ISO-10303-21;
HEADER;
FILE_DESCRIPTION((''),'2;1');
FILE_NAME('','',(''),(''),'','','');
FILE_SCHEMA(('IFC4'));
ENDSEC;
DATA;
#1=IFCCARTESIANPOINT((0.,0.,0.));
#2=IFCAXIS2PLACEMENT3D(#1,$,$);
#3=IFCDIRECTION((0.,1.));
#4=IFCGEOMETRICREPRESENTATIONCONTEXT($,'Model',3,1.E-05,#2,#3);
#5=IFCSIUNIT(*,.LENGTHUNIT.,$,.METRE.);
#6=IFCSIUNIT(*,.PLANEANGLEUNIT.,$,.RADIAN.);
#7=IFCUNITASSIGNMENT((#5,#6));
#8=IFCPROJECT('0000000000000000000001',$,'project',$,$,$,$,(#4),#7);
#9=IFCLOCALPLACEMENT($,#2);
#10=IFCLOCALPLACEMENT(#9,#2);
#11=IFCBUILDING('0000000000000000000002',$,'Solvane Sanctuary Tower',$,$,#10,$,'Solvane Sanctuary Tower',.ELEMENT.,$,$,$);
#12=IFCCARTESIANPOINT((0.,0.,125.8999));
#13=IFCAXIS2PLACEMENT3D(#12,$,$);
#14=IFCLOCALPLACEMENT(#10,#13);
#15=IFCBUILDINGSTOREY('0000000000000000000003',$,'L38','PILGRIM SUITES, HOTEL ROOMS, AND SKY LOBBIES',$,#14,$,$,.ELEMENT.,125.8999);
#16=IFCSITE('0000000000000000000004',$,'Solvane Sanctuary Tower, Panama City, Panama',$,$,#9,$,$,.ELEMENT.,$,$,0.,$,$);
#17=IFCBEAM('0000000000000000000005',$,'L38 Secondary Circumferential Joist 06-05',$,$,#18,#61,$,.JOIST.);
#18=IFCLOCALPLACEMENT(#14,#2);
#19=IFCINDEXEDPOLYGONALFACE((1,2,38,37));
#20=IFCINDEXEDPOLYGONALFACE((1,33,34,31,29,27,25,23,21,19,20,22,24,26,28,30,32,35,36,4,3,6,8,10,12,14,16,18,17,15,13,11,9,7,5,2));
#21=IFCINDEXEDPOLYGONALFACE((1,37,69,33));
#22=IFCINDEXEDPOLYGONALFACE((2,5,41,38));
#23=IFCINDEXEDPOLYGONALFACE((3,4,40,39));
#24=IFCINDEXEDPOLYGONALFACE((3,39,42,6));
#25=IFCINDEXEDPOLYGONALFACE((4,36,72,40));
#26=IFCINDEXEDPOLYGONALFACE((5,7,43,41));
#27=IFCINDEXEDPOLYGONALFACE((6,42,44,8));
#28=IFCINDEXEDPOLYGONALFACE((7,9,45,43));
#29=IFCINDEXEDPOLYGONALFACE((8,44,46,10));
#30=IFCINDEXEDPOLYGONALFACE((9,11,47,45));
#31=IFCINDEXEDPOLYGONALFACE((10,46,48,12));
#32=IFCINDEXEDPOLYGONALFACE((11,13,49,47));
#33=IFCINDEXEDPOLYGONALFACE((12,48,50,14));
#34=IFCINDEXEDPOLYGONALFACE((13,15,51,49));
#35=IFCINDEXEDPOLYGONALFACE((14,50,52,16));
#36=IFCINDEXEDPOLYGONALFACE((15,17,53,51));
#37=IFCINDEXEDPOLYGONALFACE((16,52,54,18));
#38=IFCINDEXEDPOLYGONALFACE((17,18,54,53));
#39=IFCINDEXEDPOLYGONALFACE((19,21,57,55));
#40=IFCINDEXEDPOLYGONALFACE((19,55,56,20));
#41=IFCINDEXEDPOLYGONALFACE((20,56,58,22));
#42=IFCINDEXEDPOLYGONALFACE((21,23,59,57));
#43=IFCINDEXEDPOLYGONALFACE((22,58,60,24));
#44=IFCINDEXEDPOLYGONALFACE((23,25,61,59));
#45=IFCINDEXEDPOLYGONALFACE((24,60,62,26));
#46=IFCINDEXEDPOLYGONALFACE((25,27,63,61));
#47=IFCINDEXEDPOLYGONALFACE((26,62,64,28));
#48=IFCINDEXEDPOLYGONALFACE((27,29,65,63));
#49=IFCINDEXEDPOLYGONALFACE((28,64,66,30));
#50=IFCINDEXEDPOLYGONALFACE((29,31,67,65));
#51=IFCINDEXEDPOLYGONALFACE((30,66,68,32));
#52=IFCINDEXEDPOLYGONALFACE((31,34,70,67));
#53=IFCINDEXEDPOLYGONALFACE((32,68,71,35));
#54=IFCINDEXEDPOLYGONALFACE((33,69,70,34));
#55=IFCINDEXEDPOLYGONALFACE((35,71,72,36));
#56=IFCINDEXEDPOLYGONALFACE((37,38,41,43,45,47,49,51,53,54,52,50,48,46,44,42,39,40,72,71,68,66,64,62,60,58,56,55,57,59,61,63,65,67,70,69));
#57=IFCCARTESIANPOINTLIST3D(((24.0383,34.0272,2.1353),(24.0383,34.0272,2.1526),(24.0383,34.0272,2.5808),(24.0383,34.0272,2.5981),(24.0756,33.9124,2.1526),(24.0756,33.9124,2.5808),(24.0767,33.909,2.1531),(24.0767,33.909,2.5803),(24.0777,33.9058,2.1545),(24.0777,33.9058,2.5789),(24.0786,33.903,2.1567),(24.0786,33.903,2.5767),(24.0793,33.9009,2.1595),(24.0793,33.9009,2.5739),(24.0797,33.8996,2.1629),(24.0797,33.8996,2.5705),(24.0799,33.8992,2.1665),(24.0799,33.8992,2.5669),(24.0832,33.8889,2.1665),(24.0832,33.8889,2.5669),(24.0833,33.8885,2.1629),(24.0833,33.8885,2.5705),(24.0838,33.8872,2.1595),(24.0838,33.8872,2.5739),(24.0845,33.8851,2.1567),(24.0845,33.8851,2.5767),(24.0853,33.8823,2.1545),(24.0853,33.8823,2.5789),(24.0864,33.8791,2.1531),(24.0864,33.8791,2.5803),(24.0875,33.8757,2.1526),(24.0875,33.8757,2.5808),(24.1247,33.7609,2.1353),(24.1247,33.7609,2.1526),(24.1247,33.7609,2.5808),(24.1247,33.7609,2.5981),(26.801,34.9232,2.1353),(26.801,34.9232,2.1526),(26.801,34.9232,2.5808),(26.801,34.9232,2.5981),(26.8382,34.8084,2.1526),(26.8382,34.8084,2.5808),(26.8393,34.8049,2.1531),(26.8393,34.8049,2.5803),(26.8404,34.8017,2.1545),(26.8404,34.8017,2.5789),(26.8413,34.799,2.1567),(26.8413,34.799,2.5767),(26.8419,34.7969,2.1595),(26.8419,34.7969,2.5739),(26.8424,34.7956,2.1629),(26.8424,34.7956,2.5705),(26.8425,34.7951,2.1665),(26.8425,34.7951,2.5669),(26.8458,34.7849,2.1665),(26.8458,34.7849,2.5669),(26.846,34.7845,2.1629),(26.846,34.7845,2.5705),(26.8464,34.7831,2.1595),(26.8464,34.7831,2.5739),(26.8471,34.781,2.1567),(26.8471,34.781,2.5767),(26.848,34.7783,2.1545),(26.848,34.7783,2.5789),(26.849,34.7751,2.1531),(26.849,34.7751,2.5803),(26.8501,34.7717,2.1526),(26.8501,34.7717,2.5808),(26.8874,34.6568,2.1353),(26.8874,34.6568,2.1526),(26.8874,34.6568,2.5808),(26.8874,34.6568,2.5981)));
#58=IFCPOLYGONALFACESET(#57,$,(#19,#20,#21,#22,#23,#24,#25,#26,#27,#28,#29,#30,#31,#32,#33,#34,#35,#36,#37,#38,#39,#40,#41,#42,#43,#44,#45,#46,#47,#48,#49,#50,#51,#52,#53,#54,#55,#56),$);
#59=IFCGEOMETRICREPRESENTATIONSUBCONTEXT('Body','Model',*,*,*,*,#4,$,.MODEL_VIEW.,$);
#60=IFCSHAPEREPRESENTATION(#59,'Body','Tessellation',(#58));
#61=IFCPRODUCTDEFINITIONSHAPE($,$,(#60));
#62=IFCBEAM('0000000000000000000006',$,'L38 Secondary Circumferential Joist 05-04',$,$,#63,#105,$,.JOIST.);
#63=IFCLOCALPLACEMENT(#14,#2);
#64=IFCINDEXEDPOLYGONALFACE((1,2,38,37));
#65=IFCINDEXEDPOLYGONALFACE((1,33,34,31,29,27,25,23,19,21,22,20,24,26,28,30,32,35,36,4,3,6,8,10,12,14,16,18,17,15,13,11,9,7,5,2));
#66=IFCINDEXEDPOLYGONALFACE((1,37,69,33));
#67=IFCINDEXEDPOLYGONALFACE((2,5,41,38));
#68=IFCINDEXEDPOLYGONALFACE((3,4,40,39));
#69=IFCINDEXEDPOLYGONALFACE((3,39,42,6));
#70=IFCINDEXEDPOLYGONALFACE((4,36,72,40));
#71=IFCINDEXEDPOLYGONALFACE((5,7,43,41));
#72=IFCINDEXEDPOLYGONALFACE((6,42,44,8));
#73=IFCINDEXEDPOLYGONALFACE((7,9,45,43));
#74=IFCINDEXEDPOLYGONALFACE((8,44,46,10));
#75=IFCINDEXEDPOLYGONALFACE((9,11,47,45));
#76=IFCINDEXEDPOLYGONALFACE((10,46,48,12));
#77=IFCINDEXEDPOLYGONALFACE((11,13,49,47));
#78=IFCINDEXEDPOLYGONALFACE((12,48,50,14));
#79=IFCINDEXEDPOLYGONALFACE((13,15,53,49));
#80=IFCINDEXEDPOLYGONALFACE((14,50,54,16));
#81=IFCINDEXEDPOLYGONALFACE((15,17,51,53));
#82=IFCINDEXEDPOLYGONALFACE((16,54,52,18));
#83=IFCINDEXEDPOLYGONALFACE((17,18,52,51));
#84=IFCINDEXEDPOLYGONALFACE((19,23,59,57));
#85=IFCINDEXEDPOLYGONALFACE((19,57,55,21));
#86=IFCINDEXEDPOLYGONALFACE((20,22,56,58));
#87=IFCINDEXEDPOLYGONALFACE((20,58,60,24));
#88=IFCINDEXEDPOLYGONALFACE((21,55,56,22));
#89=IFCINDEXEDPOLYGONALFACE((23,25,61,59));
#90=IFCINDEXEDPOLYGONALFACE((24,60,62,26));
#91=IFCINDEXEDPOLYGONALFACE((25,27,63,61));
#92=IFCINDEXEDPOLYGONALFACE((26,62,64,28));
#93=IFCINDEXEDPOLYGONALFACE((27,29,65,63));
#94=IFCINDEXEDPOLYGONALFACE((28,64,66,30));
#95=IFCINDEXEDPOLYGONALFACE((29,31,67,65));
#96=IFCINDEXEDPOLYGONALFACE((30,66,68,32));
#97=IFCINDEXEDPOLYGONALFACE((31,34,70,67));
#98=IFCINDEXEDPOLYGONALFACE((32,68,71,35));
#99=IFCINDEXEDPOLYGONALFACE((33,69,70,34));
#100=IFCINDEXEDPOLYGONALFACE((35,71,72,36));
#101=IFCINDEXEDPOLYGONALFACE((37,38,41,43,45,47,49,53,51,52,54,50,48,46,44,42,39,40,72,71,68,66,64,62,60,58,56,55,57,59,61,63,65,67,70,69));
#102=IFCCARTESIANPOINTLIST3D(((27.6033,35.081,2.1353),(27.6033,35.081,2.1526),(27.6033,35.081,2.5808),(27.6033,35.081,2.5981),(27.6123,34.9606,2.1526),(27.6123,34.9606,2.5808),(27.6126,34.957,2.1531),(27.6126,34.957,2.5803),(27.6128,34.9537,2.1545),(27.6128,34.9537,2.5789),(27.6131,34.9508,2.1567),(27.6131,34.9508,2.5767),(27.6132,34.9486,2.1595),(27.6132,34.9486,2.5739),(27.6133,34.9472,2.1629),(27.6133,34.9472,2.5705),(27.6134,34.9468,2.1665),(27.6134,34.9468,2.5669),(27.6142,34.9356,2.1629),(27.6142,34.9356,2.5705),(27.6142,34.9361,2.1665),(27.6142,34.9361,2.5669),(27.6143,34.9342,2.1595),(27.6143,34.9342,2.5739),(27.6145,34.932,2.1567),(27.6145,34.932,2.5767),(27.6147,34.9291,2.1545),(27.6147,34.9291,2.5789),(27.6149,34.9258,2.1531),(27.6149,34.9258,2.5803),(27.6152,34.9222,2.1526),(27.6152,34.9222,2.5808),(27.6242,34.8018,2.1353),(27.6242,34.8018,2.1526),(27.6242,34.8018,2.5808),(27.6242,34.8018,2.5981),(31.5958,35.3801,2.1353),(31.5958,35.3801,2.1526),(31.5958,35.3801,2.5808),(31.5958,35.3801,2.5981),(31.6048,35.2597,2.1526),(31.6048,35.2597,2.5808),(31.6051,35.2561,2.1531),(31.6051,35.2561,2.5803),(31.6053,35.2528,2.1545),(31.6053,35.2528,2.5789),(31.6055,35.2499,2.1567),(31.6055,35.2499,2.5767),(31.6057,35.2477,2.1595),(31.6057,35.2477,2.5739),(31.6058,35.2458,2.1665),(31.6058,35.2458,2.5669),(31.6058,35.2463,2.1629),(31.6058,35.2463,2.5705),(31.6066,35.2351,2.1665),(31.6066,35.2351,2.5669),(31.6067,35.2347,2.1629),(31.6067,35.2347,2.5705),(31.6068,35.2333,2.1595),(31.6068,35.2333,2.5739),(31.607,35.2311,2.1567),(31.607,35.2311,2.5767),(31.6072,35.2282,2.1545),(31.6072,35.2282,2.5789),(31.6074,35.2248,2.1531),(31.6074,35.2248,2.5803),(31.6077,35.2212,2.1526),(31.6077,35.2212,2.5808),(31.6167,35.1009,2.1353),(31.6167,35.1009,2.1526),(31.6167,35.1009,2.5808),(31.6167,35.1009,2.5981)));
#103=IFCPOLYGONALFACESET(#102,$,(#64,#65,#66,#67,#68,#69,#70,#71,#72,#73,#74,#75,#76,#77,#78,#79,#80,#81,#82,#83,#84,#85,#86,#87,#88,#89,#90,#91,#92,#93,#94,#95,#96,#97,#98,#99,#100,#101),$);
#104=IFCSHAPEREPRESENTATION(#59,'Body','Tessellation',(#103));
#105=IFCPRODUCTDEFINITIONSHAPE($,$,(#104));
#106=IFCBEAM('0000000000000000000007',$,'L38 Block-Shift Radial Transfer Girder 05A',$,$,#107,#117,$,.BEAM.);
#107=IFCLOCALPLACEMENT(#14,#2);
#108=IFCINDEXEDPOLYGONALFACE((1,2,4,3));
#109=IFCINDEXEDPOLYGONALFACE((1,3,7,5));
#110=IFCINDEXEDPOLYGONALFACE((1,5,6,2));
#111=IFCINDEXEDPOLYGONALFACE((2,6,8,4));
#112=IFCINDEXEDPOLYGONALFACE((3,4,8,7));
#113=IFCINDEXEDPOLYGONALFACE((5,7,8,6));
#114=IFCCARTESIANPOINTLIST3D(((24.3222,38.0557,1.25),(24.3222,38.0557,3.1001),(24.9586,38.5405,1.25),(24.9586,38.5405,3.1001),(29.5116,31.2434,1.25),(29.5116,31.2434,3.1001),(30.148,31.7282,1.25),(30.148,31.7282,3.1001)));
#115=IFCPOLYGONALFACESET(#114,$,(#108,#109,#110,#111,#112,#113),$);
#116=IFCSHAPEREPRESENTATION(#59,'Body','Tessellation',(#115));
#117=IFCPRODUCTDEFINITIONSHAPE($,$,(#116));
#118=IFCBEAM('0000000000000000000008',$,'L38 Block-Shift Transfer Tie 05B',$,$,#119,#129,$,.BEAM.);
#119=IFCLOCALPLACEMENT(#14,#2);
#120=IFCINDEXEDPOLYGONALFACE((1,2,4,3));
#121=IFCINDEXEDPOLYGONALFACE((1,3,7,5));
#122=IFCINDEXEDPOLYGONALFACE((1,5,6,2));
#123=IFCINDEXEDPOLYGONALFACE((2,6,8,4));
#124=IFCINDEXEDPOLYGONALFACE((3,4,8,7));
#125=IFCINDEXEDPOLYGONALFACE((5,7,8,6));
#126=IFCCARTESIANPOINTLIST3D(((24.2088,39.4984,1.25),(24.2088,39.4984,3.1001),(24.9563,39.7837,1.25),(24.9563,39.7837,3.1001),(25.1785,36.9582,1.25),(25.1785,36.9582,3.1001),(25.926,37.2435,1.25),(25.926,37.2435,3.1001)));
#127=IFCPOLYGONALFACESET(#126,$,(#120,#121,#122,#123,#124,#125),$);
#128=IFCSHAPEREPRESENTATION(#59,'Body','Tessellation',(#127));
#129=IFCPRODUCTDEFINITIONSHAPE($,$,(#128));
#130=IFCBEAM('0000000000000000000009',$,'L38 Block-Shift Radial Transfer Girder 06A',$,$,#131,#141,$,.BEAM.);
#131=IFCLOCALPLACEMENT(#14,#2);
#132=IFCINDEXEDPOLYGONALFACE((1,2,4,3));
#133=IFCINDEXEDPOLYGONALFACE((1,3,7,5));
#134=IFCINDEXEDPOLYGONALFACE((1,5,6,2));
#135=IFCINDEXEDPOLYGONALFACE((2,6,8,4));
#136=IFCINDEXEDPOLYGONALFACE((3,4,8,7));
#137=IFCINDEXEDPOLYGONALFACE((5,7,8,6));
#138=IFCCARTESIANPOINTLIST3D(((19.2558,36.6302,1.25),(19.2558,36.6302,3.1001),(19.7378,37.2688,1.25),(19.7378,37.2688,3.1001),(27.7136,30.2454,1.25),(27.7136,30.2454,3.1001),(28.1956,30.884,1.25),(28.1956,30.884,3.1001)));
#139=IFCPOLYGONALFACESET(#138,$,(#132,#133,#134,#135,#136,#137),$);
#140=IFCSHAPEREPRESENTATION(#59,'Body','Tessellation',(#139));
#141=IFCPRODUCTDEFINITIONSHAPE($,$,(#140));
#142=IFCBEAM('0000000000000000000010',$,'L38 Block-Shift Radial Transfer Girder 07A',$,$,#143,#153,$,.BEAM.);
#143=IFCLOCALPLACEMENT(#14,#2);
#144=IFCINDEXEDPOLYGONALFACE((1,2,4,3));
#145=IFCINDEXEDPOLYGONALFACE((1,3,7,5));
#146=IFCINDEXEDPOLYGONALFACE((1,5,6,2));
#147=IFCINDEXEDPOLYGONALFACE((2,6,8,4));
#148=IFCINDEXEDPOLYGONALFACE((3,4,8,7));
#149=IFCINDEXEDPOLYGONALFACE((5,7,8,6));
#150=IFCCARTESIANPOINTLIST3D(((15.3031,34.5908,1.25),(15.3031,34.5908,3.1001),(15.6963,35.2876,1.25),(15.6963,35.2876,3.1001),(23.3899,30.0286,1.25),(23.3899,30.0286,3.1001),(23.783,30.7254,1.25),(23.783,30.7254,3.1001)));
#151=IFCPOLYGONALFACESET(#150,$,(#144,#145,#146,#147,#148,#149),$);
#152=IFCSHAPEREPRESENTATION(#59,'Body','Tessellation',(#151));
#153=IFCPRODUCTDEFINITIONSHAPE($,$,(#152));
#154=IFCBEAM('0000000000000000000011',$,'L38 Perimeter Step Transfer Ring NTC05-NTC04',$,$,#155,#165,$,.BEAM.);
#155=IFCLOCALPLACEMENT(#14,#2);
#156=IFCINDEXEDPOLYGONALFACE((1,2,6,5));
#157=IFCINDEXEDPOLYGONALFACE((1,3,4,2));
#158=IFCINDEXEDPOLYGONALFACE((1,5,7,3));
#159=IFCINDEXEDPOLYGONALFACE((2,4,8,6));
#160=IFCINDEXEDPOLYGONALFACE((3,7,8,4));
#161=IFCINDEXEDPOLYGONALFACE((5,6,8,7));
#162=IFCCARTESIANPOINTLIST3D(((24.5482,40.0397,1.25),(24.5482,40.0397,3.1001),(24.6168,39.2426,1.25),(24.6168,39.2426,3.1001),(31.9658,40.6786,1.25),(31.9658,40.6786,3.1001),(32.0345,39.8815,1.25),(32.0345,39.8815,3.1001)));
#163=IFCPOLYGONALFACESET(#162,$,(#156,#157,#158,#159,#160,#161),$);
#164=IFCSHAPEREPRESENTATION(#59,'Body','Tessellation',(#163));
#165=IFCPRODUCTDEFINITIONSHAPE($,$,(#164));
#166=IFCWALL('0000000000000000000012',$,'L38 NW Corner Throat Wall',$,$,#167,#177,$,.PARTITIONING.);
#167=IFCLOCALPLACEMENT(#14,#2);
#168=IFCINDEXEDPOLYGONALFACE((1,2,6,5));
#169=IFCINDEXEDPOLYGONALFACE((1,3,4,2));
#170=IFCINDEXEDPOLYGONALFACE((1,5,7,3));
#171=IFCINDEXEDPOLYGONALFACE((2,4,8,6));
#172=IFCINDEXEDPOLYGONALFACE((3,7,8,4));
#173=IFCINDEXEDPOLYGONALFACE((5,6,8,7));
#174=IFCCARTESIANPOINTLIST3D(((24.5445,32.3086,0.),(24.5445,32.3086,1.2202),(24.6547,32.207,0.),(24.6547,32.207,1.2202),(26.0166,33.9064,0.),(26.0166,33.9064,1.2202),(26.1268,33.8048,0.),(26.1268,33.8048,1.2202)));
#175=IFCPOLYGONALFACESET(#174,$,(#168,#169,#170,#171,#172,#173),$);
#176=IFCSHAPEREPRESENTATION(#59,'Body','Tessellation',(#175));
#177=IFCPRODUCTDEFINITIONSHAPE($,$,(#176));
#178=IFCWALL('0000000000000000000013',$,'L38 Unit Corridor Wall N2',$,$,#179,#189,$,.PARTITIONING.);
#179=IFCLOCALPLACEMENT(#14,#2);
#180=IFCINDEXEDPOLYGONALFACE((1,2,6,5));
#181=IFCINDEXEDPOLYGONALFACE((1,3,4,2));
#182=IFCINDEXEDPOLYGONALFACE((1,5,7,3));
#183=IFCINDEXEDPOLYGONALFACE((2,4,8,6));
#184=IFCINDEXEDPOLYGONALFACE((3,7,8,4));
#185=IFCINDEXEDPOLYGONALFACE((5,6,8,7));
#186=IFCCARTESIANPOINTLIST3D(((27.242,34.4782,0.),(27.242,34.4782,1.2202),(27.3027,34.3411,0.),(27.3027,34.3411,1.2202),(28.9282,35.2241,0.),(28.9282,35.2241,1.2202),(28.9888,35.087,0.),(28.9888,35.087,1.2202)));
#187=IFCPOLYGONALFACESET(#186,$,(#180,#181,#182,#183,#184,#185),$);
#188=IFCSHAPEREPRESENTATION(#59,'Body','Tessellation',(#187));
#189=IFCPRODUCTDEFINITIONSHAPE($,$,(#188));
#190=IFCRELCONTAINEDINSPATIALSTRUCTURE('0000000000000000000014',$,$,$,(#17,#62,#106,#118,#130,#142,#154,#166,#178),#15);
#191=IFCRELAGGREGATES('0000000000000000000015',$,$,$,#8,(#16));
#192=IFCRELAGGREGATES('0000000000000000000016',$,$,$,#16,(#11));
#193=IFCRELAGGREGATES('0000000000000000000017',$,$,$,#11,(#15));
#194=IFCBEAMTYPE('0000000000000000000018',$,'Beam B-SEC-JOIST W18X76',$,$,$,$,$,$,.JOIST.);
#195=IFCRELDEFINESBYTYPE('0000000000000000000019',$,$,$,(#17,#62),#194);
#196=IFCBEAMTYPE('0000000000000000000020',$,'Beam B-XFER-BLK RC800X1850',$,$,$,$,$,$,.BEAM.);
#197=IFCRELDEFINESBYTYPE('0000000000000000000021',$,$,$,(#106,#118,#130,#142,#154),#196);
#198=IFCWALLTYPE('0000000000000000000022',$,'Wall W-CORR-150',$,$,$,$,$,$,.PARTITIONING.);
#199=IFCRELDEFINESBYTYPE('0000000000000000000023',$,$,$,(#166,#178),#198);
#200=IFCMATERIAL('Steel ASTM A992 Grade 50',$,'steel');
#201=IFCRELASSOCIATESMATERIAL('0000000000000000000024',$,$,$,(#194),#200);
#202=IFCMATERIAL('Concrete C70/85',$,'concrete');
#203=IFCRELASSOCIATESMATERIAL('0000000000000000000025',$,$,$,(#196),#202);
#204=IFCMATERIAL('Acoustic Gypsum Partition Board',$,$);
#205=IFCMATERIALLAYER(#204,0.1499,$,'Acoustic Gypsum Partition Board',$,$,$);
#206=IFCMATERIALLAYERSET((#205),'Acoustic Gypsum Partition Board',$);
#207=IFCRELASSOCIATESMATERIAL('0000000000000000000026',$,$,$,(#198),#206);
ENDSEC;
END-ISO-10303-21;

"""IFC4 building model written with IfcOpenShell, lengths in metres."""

from ifc_helpers import new_model, si_unit, direction, frame, frame_2d, origin, origin_2d, place, context, subcontext, project, spatial, rectangle, i_section, extrude, material, layer, layer_set, material_profile, profile_set, type_object, element, save


model = new_model("IFC4")

# Units and contexts
model_context = context("Model", 3, precision=1e-05, world=origin(), true_north=direction((0.0, 1.0)))
body_context = subcontext(model_context, "Body", "Model", "MODEL_VIEW")
ifc_project = project(units=[si_unit("LENGTHUNIT", "METRE"), si_unit("PLANEANGLEUNIT", "RADIAN")], contexts=[model_context])

# Site, building, storey
site_placement = place(None, origin())
site = spatial("IfcSite", under=ifc_project, at=site_placement, Name="Solvane Sanctuary Tower, Panama City, Panama", CompositionType="ELEMENT", RefElevation=0.0)
building_placement = place(site_placement, origin())
building = spatial("IfcBuilding", under=site, at=building_placement, Name="Solvane Sanctuary Tower", LongName="Solvane Sanctuary Tower", CompositionType="ELEMENT")
storey_placement = place(building_placement, frame((0.0, 0.0, 125.8999)))
storey = spatial("IfcBuildingStorey", under=building, at=storey_placement, Name="L38", Description="PILGRIM SUITES, HOTEL ROOMS, AND SKY LOBBIES", CompositionType="ELEMENT", Elevation=125.8999)

# Beams
ifc_material_1 = material(Name="Steel ASTM A992 Grade 50", Category="steel")
ifc_material_profile_1 = material_profile(ifc_material_1, i_section(OverallWidth=0.28, OverallDepth=0.4629, WebThickness=0.0107, FlangeThickness=0.0173, FilletRadius=0.0139, at=origin_2d()), Name="W18X76")
ifc_profile_set_1 = profile_set([ifc_material_profile_1], Name="Steel ASTM A992 Grade 50")
beam_type_1 = type_object("IfcBeamType", Name="Beam B-SEC-JOIST W18X76", PredefinedType="JOIST", material=ifc_profile_set_1)
beam_1_placement = place(storey_placement, frame((24.0815, 33.894, 2.3667), z_axis=(0.951224, 0.308501, 0.0), x_axis=(-0.308501, 0.951224, 0.0)))
element("IfcBeam", 1, at=beam_1_placement, inside=storey, type_object=beam_type_1, Name="L38 Secondary Circumferential Joist 06-05", PredefinedType="JOIST", context=body_context, shape_type="SweptSolid", body=[
    extrude(i_section(OverallWidth=0.28, OverallDepth=0.4629, WebThickness=0.0107, FlangeThickness=0.0173, FilletRadius=0.0139, at=origin_2d()), origin(), (0.0, 0.0, 1.0), 2.9043),
])
beam_2_placement = place(storey_placement, frame((27.6138, 34.9414, 2.3667), z_axis=(0.997206, 0.074701, 0.0), x_axis=(-0.074701, 0.997206, 0.0)))
element("IfcBeam", 2, at=beam_2_placement, inside=storey, type_object=beam_type_1, Name="L38 Secondary Circumferential Joist 05-04", PredefinedType="JOIST", context=body_context, shape_type="SweptSolid", body=[
    extrude(i_section(OverallWidth=0.28, OverallDepth=0.4629, WebThickness=0.0107, FlangeThickness=0.0173, FilletRadius=0.0139, at=origin_2d()), origin(), (0.0, 0.0, 1.0), 4.0037),
])
ifc_material_2 = material(Name="Concrete C70/85", Category="concrete")
ifc_material_profile_2 = material_profile(ifc_material_2, rectangle(XDim=0.8, YDim=1.8501, at=origin_2d()), Name="RC800X1850")
ifc_profile_set_2 = profile_set([ifc_material_profile_2], Name="Concrete C70/85")
beam_type_2 = type_object("IfcBeamType", Name="Beam B-XFER-BLK RC800X1850", PredefinedType="BEAM", material=ifc_profile_set_2)
beam_3_placement = place(storey_placement, frame((29.8298, 31.4858, 2.175), z_axis=(-0.605981, 0.795479, 0.0), x_axis=(-0.795479, -0.605981, 0.0)))
element("IfcBeam", 3, at=beam_3_placement, inside=storey, type_object=beam_type_2, Name="L38 Block-Shift Radial Transfer Girder 05A", PredefinedType="BEAM", context=body_context, shape_type="SweptSolid", body=[
    extrude(rectangle(XDim=0.8, YDim=1.8501, at=origin_2d()), origin(), (0.0, 0.0, 1.0), 8.5637),
])
beam_4_placement = place(storey_placement, frame((25.5522, 37.1008, 2.175), z_axis=(-0.356637, 0.934243, 0.0), x_axis=(-0.934243, -0.356637, 0.0)))
element("IfcBeam", 4, at=beam_4_placement, inside=storey, type_object=beam_type_2, Name="L38 Block-Shift Transfer Tie 05B", PredefinedType="BEAM", context=body_context, shape_type="SweptSolid", body=[
    extrude(rectangle(XDim=0.8, YDim=1.8501, at=origin_2d()), origin(), (0.0, 0.0, 1.0), 2.719),
])
beam_5_placement = place(storey_placement, frame((27.9546, 30.5647, 2.175), z_axis=(-0.798119, 0.6025, 0.0), x_axis=(-0.6025, -0.798119, 0.0)))
element("IfcBeam", 5, at=beam_5_placement, inside=storey, type_object=beam_type_2, Name="L38 Block-Shift Radial Transfer Girder 06A", PredefinedType="BEAM", context=body_context, shape_type="SweptSolid", body=[
    extrude(rectangle(XDim=0.8, YDim=1.8501, at=origin_2d()), origin(), (0.0, 0.0, 1.0), 10.5972),
])
beam_6_placement = place(storey_placement, frame((23.5864, 30.377, 2.175), z_axis=(-0.870953, 0.491366, 0.0), x_axis=(-0.491366, -0.870953, 0.0)))
element("IfcBeam", 6, at=beam_6_placement, inside=storey, type_object=beam_type_2, Name="L38 Block-Shift Radial Transfer Girder 07A", PredefinedType="BEAM", context=body_context, shape_type="SweptSolid", body=[
    extrude(rectangle(XDim=0.8, YDim=1.8501, at=origin_2d()), origin(), (0.0, 0.0, 1.0), 9.2849),
])
beam_7_placement = place(storey_placement, frame((24.5825, 39.6411, 2.175), z_axis=(0.996311, 0.085819, 0.0), x_axis=(-0.085819, 0.996311, 0.0)))
element("IfcBeam", 7, at=beam_7_placement, inside=storey, type_object=beam_type_2, Name="L38 Perimeter Step Transfer Ring NTC05-NTC04", PredefinedType="BEAM", context=body_context, shape_type="SweptSolid", body=[
    extrude(rectangle(XDim=0.8, YDim=1.8501, at=origin_2d()), origin(), (0.0, 0.0, 1.0), 7.4451),
])

# Walls
ifc_material_3 = material(Name="Acoustic Gypsum Partition Board")
ifc_layer_1 = layer(ifc_material_3, 0.1499, Name="Acoustic Gypsum Partition Board")
ifc_layer_set_1 = layer_set([ifc_layer_1], Name="Acoustic Gypsum Partition Board")
wall_type_1 = type_object("IfcWallType", Name="Wall W-CORR-150", PredefinedType="PARTITIONING", material=ifc_layer_set_1)
wall_1_placement = place(storey_placement, frame((26.0718, 33.8557, 0.0), z_axis=(0.0, 0.0, 1.0), x_axis=(-0.67758, -0.735449, 0.0)))
element("IfcWall", 8, at=wall_1_placement, inside=storey, type_object=wall_type_1, Name="L38 NW Corner Throat Wall", PredefinedType="PARTITIONING", context=body_context, shape_type="SweptSolid", body=[
    extrude(rectangle(XDim=2.1726, YDim=0.1499, at=frame_2d((1.0864, 0.0))), origin(), (0.0, 0.0, 1.0), 1.2202),
])
wall_2_placement = place(storey_placement, frame((28.9585, 35.1555, 0.0), z_axis=(0.0, 0.0, 1.0), x_axis=(-0.914515, -0.404553, 0.0)))
element("IfcWall", 9, at=wall_2_placement, inside=storey, type_object=wall_type_1, Name="L38 Unit Corridor Wall N2", PredefinedType="PARTITIONING", context=body_context, shape_type="SweptSolid", body=[
    extrude(rectangle(XDim=1.8438, YDim=0.1499, at=frame_2d((0.9219, 0.0))), origin(), (0.0, 0.0, 1.0), 1.2202),
])

save(model, "model.ifc")
